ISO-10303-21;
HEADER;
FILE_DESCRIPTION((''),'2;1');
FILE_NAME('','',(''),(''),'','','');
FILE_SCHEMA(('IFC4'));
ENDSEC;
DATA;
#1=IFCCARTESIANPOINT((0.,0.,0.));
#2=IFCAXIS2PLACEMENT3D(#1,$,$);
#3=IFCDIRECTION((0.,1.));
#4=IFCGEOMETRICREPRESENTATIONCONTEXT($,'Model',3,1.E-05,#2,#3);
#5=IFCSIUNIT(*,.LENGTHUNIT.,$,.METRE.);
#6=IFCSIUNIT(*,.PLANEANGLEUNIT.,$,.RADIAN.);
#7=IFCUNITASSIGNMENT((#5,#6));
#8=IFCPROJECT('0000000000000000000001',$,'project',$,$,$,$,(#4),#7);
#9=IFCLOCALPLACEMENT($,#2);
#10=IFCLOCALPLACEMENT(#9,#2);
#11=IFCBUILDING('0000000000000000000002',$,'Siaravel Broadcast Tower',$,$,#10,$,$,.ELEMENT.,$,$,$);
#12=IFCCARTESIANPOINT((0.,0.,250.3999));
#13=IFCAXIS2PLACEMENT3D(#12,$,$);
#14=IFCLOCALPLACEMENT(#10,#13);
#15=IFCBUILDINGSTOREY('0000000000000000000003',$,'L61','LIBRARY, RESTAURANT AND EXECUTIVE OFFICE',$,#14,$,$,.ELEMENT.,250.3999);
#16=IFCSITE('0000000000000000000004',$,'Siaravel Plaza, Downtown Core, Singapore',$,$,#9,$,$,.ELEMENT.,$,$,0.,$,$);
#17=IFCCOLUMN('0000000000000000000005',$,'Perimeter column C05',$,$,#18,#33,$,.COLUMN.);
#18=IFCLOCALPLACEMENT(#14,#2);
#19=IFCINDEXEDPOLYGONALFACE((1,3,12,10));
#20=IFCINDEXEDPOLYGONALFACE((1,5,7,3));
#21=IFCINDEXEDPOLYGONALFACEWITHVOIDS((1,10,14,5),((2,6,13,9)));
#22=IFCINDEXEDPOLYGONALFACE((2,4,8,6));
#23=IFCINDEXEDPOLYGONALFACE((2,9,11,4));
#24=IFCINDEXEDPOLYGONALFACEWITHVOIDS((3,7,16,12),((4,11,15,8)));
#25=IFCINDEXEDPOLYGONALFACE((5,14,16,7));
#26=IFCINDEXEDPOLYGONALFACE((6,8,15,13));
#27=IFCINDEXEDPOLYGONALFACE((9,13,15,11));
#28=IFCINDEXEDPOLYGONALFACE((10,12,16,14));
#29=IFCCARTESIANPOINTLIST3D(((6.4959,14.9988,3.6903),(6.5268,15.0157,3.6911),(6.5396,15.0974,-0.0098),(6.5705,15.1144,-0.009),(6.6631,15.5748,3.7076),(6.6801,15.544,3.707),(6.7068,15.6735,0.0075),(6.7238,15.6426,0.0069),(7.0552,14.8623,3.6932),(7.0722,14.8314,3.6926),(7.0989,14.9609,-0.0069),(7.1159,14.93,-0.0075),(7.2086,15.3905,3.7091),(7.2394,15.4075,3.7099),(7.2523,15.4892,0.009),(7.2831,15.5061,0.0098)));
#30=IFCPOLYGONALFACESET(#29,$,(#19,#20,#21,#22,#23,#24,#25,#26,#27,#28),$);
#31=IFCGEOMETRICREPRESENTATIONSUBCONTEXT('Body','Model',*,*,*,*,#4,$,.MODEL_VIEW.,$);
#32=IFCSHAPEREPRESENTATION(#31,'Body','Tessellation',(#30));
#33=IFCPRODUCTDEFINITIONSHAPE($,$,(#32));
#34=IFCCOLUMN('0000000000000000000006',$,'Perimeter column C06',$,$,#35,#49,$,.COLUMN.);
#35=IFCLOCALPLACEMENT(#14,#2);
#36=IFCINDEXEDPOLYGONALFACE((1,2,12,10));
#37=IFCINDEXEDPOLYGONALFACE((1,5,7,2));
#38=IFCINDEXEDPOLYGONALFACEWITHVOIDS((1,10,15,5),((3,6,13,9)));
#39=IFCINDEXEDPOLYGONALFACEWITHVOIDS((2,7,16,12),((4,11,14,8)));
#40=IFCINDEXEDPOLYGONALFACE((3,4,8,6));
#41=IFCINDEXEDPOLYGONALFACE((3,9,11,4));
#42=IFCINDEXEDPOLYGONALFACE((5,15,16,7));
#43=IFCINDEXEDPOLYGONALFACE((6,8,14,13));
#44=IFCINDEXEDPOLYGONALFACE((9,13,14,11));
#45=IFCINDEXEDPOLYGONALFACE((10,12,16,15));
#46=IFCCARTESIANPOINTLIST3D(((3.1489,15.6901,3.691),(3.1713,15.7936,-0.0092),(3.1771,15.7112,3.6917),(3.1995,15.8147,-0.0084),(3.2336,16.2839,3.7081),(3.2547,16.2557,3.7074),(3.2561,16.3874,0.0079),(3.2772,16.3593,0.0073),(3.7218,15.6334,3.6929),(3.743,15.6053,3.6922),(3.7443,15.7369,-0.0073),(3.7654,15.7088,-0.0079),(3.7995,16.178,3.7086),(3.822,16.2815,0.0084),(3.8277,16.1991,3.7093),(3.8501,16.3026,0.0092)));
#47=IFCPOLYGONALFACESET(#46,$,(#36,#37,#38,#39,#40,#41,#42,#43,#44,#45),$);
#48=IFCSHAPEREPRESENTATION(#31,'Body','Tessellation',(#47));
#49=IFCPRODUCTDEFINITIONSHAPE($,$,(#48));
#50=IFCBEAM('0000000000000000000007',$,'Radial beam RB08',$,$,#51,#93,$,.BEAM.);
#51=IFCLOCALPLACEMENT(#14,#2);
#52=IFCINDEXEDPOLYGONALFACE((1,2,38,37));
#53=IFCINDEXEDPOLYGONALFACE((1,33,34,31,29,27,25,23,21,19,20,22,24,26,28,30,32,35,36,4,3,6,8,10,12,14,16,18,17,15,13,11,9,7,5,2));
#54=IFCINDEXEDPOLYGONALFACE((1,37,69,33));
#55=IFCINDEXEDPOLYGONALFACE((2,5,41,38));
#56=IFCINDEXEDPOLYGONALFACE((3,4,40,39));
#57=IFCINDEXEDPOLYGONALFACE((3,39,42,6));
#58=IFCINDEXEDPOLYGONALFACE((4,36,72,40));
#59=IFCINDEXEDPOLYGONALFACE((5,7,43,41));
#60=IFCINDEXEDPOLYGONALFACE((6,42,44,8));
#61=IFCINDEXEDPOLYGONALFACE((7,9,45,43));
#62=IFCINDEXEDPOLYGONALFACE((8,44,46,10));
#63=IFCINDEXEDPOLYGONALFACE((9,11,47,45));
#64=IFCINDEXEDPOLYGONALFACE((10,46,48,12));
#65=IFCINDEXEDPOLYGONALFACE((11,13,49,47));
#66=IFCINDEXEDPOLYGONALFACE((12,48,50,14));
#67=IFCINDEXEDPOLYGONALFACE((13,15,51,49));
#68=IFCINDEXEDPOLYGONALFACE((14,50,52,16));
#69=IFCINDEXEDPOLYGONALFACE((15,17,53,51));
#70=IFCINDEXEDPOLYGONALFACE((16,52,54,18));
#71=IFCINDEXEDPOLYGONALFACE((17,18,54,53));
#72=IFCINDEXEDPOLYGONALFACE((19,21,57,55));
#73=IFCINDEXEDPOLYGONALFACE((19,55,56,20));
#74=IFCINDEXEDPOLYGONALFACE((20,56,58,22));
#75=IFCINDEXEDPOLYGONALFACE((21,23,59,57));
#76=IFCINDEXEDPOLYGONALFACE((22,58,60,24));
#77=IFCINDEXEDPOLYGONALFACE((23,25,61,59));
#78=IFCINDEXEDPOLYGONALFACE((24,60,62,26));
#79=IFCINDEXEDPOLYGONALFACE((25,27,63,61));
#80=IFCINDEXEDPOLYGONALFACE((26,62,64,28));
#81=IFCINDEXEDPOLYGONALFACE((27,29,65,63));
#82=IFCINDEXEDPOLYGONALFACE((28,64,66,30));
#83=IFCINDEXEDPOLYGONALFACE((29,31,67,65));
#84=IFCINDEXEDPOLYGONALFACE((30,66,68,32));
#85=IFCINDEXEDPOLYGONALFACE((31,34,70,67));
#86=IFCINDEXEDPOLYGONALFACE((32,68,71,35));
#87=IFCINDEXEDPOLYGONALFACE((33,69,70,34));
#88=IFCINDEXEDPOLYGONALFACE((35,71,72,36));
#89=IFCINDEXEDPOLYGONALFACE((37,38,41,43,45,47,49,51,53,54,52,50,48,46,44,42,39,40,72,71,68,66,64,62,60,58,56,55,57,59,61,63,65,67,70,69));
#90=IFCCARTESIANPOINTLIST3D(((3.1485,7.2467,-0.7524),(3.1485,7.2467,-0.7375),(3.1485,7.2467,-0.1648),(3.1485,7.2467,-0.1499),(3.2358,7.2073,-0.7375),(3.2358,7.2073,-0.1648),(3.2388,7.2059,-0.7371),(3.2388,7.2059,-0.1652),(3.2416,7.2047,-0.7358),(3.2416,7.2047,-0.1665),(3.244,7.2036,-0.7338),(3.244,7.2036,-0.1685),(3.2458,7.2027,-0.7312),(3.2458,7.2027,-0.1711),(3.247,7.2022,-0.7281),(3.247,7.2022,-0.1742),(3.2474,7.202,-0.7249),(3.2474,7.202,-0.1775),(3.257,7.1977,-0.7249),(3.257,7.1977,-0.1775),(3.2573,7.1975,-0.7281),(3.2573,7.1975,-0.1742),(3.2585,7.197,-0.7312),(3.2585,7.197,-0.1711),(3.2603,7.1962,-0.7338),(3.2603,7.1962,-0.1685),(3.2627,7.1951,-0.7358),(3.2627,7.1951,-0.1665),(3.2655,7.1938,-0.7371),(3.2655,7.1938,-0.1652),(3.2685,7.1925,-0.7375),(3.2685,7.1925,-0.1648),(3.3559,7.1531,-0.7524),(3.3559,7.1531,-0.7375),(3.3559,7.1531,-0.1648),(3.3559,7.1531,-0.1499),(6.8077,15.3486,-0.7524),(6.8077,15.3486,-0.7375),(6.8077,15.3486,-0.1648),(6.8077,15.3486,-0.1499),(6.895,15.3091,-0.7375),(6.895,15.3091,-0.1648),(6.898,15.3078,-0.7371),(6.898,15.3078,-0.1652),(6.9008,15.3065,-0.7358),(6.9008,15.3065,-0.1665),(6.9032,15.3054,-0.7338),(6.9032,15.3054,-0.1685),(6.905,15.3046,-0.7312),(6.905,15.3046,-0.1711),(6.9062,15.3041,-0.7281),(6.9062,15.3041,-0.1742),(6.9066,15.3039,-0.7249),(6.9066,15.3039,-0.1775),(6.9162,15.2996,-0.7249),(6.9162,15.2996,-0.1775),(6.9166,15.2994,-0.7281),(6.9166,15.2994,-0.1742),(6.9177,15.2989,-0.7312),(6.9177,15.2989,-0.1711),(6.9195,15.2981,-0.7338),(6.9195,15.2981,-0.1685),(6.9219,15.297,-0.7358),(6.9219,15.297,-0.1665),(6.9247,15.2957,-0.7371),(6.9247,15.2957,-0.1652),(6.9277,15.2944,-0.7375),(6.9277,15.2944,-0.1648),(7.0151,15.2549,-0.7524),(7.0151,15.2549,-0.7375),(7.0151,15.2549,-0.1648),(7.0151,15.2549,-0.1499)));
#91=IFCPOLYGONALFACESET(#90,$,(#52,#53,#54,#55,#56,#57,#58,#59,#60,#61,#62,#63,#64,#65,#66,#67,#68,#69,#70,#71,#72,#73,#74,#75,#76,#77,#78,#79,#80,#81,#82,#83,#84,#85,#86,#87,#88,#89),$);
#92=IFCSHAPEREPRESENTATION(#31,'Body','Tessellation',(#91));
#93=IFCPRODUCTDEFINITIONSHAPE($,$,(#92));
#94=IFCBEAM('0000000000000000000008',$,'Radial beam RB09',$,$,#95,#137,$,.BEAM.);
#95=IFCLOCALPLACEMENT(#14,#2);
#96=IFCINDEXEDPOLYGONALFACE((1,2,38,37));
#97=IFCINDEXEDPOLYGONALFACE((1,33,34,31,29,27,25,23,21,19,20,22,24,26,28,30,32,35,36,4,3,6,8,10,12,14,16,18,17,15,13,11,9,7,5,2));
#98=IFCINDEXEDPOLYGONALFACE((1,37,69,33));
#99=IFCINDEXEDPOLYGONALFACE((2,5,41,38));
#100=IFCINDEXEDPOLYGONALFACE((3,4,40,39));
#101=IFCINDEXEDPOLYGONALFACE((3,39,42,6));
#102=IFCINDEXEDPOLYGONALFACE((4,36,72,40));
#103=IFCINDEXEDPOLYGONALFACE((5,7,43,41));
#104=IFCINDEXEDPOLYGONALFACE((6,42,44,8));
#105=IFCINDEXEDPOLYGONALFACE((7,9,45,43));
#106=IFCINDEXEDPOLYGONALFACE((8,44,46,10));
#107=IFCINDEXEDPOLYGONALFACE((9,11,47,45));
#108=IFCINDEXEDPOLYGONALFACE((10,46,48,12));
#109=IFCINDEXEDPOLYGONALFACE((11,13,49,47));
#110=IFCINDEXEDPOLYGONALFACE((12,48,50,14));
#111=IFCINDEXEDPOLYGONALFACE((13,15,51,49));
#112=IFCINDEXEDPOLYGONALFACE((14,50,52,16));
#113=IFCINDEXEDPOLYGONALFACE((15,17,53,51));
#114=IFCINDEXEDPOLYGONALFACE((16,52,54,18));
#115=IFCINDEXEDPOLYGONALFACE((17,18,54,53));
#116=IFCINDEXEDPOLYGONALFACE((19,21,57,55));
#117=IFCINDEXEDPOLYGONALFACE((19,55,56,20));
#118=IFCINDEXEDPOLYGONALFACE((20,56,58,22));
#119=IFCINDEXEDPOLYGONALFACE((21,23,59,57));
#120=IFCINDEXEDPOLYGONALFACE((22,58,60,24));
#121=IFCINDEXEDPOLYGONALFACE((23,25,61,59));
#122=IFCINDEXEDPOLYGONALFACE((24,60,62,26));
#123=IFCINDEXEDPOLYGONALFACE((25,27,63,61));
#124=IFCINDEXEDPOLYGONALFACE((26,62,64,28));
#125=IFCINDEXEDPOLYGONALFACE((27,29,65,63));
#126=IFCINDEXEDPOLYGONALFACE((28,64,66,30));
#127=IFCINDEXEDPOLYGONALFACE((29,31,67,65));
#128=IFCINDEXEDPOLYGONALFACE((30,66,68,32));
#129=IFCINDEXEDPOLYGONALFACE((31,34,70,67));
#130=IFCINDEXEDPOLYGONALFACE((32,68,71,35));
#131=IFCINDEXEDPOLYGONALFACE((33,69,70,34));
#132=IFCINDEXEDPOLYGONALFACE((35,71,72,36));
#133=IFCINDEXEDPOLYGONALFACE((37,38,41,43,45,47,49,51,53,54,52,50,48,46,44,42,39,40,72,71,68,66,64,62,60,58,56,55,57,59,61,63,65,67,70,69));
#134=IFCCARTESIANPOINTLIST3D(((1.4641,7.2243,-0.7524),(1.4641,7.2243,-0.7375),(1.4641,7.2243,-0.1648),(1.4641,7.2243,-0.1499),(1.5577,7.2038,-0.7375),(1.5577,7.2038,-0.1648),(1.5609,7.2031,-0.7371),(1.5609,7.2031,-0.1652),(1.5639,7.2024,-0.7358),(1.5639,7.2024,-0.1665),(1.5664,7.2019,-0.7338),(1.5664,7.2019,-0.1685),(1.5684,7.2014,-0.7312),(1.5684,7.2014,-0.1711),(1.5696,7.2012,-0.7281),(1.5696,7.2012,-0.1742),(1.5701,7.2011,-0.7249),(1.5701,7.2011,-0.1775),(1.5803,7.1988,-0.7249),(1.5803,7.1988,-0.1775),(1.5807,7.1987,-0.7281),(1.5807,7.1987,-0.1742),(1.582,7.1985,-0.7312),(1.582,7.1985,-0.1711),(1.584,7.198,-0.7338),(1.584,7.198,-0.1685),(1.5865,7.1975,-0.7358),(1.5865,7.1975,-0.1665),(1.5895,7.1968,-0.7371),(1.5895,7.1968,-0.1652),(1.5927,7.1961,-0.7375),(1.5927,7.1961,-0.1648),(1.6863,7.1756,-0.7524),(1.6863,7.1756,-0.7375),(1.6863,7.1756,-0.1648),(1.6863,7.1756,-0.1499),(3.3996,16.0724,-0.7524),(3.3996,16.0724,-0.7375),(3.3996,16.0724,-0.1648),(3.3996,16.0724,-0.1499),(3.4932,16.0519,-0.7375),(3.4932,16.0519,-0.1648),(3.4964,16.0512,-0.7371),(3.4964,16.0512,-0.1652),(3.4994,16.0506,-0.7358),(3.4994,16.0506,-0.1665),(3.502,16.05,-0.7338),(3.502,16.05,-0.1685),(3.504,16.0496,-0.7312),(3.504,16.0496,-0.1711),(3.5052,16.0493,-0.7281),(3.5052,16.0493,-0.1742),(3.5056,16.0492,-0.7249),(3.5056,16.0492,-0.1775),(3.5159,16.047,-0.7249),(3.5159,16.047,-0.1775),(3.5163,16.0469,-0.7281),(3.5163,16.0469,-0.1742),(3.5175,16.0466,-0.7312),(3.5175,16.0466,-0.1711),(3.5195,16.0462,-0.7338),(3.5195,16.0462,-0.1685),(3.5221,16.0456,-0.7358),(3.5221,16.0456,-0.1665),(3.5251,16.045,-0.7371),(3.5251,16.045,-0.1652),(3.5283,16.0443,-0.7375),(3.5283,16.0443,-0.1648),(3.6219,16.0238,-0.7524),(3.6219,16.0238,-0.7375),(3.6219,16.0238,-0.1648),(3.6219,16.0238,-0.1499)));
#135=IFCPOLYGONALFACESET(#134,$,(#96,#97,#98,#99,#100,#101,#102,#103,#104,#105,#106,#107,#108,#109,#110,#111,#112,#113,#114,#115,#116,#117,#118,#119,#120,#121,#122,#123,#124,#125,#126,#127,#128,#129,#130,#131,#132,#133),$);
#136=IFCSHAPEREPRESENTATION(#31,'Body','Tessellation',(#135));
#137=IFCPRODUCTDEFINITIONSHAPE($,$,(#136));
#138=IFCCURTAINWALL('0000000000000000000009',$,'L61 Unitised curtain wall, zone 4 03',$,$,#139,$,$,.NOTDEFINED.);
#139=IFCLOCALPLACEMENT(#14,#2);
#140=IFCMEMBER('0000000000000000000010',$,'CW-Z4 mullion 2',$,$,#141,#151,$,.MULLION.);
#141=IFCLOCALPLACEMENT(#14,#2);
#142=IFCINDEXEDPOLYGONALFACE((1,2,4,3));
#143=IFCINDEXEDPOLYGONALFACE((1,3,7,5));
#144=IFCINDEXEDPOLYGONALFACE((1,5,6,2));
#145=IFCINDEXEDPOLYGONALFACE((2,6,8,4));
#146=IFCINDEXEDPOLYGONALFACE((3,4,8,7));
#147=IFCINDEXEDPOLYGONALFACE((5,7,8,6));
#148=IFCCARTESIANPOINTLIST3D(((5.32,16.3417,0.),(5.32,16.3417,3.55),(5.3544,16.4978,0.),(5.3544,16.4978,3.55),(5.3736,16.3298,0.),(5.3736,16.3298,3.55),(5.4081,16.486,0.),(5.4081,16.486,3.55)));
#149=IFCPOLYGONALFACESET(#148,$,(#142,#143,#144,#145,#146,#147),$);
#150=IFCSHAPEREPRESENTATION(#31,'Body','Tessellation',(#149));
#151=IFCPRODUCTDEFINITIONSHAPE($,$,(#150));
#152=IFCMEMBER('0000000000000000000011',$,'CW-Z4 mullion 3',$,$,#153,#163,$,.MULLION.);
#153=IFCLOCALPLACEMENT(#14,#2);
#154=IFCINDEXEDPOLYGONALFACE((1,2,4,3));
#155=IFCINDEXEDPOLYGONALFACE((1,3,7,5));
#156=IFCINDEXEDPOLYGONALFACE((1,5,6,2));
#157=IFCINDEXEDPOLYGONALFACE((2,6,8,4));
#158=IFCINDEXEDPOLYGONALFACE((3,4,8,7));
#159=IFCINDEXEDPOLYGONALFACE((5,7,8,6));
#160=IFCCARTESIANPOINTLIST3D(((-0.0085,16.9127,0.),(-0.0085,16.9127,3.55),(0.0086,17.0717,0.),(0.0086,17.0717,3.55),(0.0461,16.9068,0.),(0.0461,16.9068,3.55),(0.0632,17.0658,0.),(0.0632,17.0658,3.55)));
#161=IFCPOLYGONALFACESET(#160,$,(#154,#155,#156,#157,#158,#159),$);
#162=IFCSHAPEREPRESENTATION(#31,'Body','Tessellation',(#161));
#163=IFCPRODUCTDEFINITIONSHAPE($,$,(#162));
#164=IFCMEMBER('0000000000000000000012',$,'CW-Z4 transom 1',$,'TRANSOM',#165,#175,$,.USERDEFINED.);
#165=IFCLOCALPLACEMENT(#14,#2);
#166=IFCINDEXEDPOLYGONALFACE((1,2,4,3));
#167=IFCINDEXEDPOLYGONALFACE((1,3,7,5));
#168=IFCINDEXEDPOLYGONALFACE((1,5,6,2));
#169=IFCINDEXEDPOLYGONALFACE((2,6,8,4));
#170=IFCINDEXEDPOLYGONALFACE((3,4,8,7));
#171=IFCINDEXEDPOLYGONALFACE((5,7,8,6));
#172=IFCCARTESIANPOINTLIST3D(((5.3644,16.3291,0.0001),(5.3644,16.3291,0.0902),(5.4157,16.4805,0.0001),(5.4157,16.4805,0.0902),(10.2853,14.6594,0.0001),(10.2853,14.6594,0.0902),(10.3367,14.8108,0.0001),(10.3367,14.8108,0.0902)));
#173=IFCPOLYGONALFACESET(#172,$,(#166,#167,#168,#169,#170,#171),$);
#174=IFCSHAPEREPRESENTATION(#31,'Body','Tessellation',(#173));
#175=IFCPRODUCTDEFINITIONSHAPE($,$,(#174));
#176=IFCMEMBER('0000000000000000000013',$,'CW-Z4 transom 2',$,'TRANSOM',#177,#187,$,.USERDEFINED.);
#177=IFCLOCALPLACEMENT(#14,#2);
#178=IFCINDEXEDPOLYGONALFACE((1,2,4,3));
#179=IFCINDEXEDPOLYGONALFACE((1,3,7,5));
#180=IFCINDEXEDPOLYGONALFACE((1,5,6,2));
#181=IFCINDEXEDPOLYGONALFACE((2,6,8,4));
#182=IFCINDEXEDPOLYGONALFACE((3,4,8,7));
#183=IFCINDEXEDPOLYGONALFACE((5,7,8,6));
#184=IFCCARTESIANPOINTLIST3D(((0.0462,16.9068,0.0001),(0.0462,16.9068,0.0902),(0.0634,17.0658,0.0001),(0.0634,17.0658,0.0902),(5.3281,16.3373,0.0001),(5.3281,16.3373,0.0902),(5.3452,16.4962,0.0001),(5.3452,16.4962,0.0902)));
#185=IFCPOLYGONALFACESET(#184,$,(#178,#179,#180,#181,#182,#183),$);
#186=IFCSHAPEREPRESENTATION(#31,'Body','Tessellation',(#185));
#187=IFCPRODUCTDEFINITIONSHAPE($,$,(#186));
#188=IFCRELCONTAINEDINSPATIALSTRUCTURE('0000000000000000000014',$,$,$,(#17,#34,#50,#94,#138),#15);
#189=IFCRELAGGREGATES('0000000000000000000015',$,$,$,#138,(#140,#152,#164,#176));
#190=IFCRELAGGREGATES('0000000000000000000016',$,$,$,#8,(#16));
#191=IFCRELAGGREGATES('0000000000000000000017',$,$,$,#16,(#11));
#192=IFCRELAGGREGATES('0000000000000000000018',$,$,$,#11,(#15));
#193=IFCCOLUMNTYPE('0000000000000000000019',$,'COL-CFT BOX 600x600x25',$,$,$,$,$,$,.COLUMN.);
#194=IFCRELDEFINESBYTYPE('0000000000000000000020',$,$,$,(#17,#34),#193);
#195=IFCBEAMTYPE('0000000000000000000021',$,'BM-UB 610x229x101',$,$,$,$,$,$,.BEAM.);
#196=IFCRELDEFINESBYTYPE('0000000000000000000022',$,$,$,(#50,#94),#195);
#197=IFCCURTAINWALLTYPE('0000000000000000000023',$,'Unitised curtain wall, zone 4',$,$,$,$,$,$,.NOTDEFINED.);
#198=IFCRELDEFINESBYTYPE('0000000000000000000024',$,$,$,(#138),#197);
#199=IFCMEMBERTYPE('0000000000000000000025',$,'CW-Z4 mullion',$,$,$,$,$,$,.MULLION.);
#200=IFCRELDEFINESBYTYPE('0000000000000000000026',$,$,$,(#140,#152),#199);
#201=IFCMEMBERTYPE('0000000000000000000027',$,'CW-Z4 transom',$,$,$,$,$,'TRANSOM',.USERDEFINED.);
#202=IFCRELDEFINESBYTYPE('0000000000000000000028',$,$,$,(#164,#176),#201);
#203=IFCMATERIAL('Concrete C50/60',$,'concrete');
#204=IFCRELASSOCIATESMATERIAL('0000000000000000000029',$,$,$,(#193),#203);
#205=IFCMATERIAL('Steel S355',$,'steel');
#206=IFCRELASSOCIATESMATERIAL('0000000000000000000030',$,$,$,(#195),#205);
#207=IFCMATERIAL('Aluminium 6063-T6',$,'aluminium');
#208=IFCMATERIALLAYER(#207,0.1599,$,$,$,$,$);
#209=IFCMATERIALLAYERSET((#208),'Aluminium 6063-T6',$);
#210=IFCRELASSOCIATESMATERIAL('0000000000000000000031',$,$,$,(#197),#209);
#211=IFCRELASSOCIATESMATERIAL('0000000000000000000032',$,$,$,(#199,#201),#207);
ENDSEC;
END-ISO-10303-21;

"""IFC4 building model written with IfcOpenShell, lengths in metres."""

from ifc_helpers import new_model, si_unit, direction, frame, origin, origin_2d, place, context, subcontext, project, spatial, rectangle, hollow_rectangle, i_section, extrude, material, layer, layer_set, material_profile, profile_set, type_object, element, aggregate, save


model = new_model("IFC4")

# Units and contexts
model_context = context("Model", 3, precision=1e-05, world=origin(), true_north=direction((0.0, 1.0)))
body_context = subcontext(model_context, "Body", "Model", "MODEL_VIEW")
ifc_project = project(units=[si_unit("LENGTHUNIT", "METRE"), si_unit("PLANEANGLEUNIT", "RADIAN")], contexts=[model_context])

# Site, building, storey
site_placement = place(None, origin())
site = spatial("IfcSite", under=ifc_project, at=site_placement, Name="Siaravel Plaza, Downtown Core, Singapore", CompositionType="ELEMENT", RefElevation=0.0)
building_placement = place(site_placement, origin())
building = spatial("IfcBuilding", under=site, at=building_placement, Name="Siaravel Broadcast Tower", CompositionType="ELEMENT")
storey_placement = place(building_placement, frame((0.0, 0.0, 250.3999)))
storey = spatial("IfcBuildingStorey", under=building, at=storey_placement, Name="L61", Description="LIBRARY, RESTAURANT AND EXECUTIVE OFFICE", CompositionType="ELEMENT", Elevation=250.3999)

# Columns
ifc_material_1 = material(Name="Concrete C50/60", Category="concrete")
ifc_material_profile_1 = material_profile(ifc_material_1, hollow_rectangle(XDim=0.6001, YDim=0.6001, WallThickness=0.0249, at=origin_2d()))
ifc_profile_set_1 = profile_set([ifc_material_profile_1], Name="Concrete C50/60")
column_type = type_object("IfcColumnType", Name="COL-CFT BOX 600x600x25", PredefinedType="COLUMN", material=ifc_profile_set_1)
for number, where, z_axis, x_axis, name in (
    (1, (6.9114, 15.3018, 0.0), (-0.011805, -0.026645, 0.999575), (0.960316, -0.278887, 0.003908), "Perimeter column C05"),
    (2, (3.5107, 16.0481, 0.0), (-0.006068, -0.027964, 0.999591), (0.989965, -0.141299, 0.002056), "Perimeter column C06"),
):
    element("IfcColumn", number, at=place(storey_placement, frame(where, z_axis=z_axis, x_axis=x_axis)), inside=storey, type_object=column_type, Name=name, PredefinedType="COLUMN", context=body_context, shape_type="SweptSolid", body=[
        extrude(hollow_rectangle(XDim=0.6001, YDim=0.6001, WallThickness=0.0249, at=origin_2d()), origin(), (0.0, 0.0, 1.0), 3.7017),
    ])

# Beams
ifc_material_2 = material(Name="Steel S355", Category="steel")
ifc_material_profile_2 = material_profile(ifc_material_2, i_section(OverallWidth=0.2275, OverallDepth=0.6025, WebThickness=0.0105, FlangeThickness=0.0149, FilletRadius=0.0127, at=origin_2d()))
ifc_profile_set_2 = profile_set([ifc_material_profile_2], Name="Steel S355")
beam_type = type_object("IfcBeamType", Name="BM-UB 610x229x101", PredefinedType="BEAM", material=ifc_profile_set_2)
beam_1_placement = place(storey_placement, frame((6.9114, 15.3018, -0.4512), z_axis=(-0.411615, -0.911358, 0.0), x_axis=(0.911358, -0.411615, 0.0)))
element("IfcBeam", 3, at=beam_1_placement, inside=storey, type_object=beam_type, Name="Radial beam RB08", PredefinedType="BEAM", context=body_context, shape_type="SweptSolid", body=[
    extrude(i_section(OverallWidth=0.2275, OverallDepth=0.6025, WebThickness=0.0105, FlangeThickness=0.0149, FilletRadius=0.0127, at=origin_2d()), origin(), (0.0, 0.0, 1.0), 8.8899),
])
beam_2_placement = place(storey_placement, frame((3.5107, 16.0481, -0.4512), z_axis=(-0.213698, -0.9769, 0.0), x_axis=(0.9769, -0.213698, 0.0)))
element("IfcBeam", 4, at=beam_2_placement, inside=storey, type_object=beam_type, Name="Radial beam RB09", PredefinedType="BEAM", context=body_context, shape_type="SweptSolid", body=[
    extrude(i_section(OverallWidth=0.2275, OverallDepth=0.6025, WebThickness=0.0105, FlangeThickness=0.0149, FilletRadius=0.0127, at=origin_2d()), origin(), (0.0, 0.0, 1.0), 9.0574),
])

# Curtain wall, members
ifc_material_3 = material(Name="Aluminium 6063-T6", Category="aluminium")
ifc_layer_1 = layer(ifc_material_3, 0.1599)
ifc_layer_set_1 = layer_set([ifc_layer_1], Name="Aluminium 6063-T6")
curtain_wall_type = type_object("IfcCurtainWallType", Name="Unitised curtain wall, zone 4", PredefinedType="NOTDEFINED", material=ifc_layer_set_1)
curtain_wall_placement = place(storey_placement, origin())
curtain_wall = element("IfcCurtainWall", 5, at=curtain_wall_placement, inside=storey, type_object=curtain_wall_type, Name="L61 Unitised curtain wall, zone 4 03", PredefinedType="NOTDEFINED")
ifc_material_profile_3 = material_profile(ifc_material_3, rectangle(XDim=0.1599, YDim=0.0549, at=origin_2d()))
ifc_profile_set_3 = profile_set([ifc_material_profile_3], Name="Aluminium 6063-T6")
member_type_1 = type_object("IfcMemberType", Name="CW-Z4 mullion", PredefinedType="MULLION", material=ifc_profile_set_3)
member_1_placement = place(storey_placement, frame((5.364, 16.4138, 0.0), z_axis=(0.0, 0.0, 1.0), x_axis=(-0.215559, -0.976491, 0.0)))
member_1 = element("IfcMember", 6, at=member_1_placement, type_object=member_type_1, Name="CW-Z4 mullion 2", PredefinedType="MULLION", context=body_context, shape_type="SweptSolid", body=[
    extrude(rectangle(XDim=0.1599, YDim=0.0549, at=origin_2d()), origin(), (0.0, 0.0, 1.0), 3.55),
])
member_2_placement = place(storey_placement, frame((0.0273, 16.9893, 0.0), z_axis=(0.0, 0.0, 1.0), x_axis=(-0.107218, -0.994236, 0.0)))
member_2 = element("IfcMember", 7, at=member_2_placement, type_object=member_type_1, Name="CW-Z4 mullion 3", PredefinedType="MULLION", context=body_context, shape_type="SweptSolid", body=[
    extrude(rectangle(XDim=0.1599, YDim=0.0549, at=origin_2d()), origin(), (0.0, 0.0, 1.0), 3.55),
])
ifc_material_profile_4 = material_profile(ifc_material_3, rectangle(XDim=0.1599, YDim=0.0901, at=origin_2d()))
ifc_profile_set_4 = profile_set([ifc_material_profile_4], Name="Aluminium 6063-T6")
member_type_2 = type_object("IfcMemberType", Name="CW-Z4 transom", ElementType="TRANSOM", PredefinedType="USERDEFINED", material=ifc_profile_set_4)
member_3_placement = place(storey_placement, frame((10.311, 14.7351, 0.0452), z_axis=(-0.946974, 0.321311, 0.0), x_axis=(-0.321311, -0.946974, 0.0)))
member_3 = element("IfcMember", 8, at=member_3_placement, type_object=member_type_2, Name="CW-Z4 transom 1", ObjectType="TRANSOM", PredefinedType="USERDEFINED", context=body_context, shape_type="SweptSolid", body=[
    extrude(rectangle(XDim=0.1599, YDim=0.0901, at=origin_2d()), origin(), (0.0, 0.0, 1.0), 5.1965),
])
member_4_placement = place(storey_placement, frame((5.3367, 16.4167, 0.0452), z_axis=(-0.994236, 0.107213, 0.0), x_axis=(-0.107213, -0.994236, 0.0)))
member_4 = element("IfcMember", 9, at=member_4_placement, type_object=member_type_2, Name="CW-Z4 transom 2", ObjectType="TRANSOM", PredefinedType="USERDEFINED", context=body_context, shape_type="SweptSolid", body=[
    extrude(rectangle(XDim=0.1599, YDim=0.0901, at=origin_2d()), origin(), (0.0, 0.0, 1.0), 5.3125),
])

aggregate(curtain_wall, [member_1, member_2, member_3, member_4])

save(model, "model.ifc")
